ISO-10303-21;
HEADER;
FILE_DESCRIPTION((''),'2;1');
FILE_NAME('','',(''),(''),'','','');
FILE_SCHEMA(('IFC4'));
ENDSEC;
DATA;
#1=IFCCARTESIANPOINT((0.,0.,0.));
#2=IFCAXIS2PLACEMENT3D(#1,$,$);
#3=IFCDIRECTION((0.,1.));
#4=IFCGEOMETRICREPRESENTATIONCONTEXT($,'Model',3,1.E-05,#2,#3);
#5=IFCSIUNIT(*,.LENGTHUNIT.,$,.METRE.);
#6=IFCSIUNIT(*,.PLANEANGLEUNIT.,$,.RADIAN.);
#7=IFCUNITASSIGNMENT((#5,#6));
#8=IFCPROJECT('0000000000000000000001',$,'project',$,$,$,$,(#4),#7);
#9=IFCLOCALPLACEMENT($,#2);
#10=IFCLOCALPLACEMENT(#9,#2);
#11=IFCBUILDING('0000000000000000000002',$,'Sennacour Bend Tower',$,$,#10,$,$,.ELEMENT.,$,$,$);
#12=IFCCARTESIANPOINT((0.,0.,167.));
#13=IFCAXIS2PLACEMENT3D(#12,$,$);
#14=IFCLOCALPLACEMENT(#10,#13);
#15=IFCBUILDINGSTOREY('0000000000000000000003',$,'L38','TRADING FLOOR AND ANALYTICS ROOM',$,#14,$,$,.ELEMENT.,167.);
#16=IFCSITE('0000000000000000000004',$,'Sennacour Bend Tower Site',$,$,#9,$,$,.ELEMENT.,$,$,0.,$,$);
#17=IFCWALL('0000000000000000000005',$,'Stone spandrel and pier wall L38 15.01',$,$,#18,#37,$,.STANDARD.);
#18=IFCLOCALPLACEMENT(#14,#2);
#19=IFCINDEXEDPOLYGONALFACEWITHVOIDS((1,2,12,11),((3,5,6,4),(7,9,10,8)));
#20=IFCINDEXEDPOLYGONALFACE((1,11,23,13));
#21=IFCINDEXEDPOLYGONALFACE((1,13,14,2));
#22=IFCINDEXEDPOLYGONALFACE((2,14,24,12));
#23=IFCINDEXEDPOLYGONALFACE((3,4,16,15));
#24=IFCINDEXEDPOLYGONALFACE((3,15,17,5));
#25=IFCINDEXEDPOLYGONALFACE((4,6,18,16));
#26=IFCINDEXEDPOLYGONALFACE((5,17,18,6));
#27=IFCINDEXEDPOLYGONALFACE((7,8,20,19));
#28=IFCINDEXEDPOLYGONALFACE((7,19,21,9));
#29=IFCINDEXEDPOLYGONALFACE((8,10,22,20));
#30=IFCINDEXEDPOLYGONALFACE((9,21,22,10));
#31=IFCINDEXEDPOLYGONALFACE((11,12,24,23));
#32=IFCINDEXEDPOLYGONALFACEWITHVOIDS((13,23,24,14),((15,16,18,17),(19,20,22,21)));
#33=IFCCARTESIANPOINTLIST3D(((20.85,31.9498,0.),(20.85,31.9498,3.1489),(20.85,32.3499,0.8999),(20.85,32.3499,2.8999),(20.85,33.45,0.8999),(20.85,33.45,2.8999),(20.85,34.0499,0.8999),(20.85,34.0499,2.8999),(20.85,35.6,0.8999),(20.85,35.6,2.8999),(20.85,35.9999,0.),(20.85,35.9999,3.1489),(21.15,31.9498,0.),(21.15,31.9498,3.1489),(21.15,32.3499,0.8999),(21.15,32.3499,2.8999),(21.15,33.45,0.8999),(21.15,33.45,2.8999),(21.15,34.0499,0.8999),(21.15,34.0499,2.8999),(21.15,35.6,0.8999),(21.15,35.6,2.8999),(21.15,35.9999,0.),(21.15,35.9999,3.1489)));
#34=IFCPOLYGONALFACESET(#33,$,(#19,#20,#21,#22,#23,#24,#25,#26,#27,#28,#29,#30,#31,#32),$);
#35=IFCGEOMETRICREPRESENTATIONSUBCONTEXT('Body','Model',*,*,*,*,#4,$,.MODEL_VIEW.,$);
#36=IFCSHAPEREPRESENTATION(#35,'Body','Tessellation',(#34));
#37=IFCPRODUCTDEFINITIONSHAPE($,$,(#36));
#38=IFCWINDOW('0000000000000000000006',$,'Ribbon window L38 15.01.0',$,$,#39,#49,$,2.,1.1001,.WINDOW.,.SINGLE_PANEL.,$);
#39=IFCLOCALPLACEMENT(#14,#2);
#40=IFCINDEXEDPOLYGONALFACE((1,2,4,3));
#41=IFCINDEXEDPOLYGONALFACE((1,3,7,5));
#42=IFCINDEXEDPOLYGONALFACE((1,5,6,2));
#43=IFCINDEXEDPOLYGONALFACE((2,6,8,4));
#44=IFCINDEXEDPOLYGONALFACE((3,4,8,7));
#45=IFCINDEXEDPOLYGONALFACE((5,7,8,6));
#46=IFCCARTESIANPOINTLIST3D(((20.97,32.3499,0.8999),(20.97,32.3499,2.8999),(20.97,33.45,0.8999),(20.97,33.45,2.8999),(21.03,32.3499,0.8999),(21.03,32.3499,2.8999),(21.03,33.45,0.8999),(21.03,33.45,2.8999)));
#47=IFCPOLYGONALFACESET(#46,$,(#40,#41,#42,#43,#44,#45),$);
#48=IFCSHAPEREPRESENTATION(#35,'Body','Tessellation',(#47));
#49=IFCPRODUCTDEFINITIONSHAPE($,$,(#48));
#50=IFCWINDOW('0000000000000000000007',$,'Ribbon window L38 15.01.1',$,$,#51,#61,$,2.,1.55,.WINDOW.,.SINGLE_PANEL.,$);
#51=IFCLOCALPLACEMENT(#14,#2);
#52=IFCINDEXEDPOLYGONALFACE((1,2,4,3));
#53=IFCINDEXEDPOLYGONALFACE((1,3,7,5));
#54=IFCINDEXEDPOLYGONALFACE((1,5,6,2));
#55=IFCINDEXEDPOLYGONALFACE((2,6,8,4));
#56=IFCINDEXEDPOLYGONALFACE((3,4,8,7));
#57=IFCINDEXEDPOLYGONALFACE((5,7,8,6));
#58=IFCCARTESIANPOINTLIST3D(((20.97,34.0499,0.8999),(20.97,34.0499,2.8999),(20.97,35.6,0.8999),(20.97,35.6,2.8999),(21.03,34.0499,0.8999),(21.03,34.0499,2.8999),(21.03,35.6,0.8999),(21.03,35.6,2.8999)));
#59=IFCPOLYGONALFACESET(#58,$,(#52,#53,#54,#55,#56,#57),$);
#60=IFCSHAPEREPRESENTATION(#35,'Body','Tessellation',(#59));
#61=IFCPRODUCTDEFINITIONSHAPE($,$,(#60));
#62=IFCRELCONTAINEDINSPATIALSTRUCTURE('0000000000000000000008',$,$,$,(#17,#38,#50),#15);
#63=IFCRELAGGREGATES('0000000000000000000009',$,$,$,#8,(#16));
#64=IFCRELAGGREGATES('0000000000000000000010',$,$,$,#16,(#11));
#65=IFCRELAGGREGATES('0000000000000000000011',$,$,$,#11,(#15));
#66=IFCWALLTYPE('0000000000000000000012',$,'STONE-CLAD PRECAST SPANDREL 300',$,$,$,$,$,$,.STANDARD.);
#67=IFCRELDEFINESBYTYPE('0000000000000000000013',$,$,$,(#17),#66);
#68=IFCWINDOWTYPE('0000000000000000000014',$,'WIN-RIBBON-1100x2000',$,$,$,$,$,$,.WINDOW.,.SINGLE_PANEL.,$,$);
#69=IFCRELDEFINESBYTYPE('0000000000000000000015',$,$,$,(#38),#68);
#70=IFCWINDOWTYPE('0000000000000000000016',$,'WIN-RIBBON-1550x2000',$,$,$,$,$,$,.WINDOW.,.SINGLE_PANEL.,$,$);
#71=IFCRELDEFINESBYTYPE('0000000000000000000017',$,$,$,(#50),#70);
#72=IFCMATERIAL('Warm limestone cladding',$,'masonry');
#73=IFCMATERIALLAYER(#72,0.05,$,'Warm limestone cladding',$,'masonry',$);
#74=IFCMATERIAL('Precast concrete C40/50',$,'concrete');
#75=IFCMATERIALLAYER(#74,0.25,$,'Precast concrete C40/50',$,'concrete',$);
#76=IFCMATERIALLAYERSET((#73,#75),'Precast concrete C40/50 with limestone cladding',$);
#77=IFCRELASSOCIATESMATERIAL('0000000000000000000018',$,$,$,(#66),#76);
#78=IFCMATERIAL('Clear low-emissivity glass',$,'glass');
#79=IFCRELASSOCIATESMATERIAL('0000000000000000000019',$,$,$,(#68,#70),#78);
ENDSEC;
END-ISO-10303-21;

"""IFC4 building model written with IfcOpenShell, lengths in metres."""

from ifc_helpers import new_model, si_unit, direction, frame, frame_2d, origin, place, context, subcontext, project, spatial, rectangle, extrude, material, layer, layer_set, type_object, element, fill, save


model = new_model("IFC4")

# Units and contexts
model_context = context("Model", 3, precision=1e-05, world=origin(), true_north=direction((0.0, 1.0)))
body_context = subcontext(model_context, "Body", "Model", "MODEL_VIEW")
ifc_project = project(units=[si_unit("LENGTHUNIT", "METRE"), si_unit("PLANEANGLEUNIT", "RADIAN")], contexts=[model_context])

# Site, building, storey
site_placement = place(None, origin())
site = spatial("IfcSite", under=ifc_project, at=site_placement, Name="Sennacour Bend Tower Site", CompositionType="ELEMENT", RefElevation=0.0)
building_placement = place(site_placement, origin())
building = spatial("IfcBuilding", under=site, at=building_placement, Name="Sennacour Bend Tower", CompositionType="ELEMENT")
storey_placement = place(building_placement, frame((0.0, 0.0, 167.0)))
storey = spatial("IfcBuildingStorey", under=building, at=storey_placement, Name="L38", Description="TRADING FLOOR AND ANALYTICS ROOM", CompositionType="ELEMENT", Elevation=167.0)

# Shared definitions
ifc_material_1 = material(Name="Warm limestone cladding", Category="masonry")
ifc_layer_1 = layer(ifc_material_1, 0.05, Name="Warm limestone cladding", Category="masonry")
ifc_material_2 = material(Name="Precast concrete C40/50", Category="concrete")
ifc_layer_2 = layer(ifc_material_2, 0.25, Name="Precast concrete C40/50", Category="concrete")
ifc_layer_set_1 = layer_set([ifc_layer_1, ifc_layer_2], Name="Precast concrete C40/50 with limestone cladding")
wall_type_1 = type_object("IfcWallType", Name="STONE-CLAD PRECAST SPANDREL 300", PredefinedType="STANDARD", material=ifc_layer_set_1)

# Shared definitions
ifc_material_3 = material(Name="Clear low-emissivity glass", Category="glass")

# Wall, openings, windows
wall_1_placement = place(storey_placement, frame((21.0, 31.95, 0.0), z_axis=(0.0, 0.0, 1.0), x_axis=(0.0, 1.0, 0.0)))
wall_1 = element("IfcWall", 1, at=wall_1_placement, inside=storey, type_object=wall_type_1, Name="Stone spandrel and pier wall L38 15.01", PredefinedType="STANDARD", context=body_context, shape_type="SweptSolid", body=[
    extrude(rectangle(XDim=4.05, YDim=0.3, at=frame_2d((2.0249, 0.0))), origin(), (0.0, 0.0, 1.0), 3.1489),
])
opening_1_placement = place(wall_1_placement, frame((0.3999, 0.0, 0.8999)))
opening_1 = element("IfcOpeningElement", 2, at=opening_1_placement, cuts=wall_1, PredefinedType="OPENING", context=body_context, shape_type="SweptSolid", body=[
    extrude(rectangle(XDim=1.1001, YDim=2.0, at=frame_2d((0.55, 1.0))), frame((0.0, 0.1602, 0.0), z_axis=(0.0, -1.0, 0.0), x_axis=(1.0, 0.0, 0.0)), (0.0, 0.0, 1.0), 0.3201),
])
opening_2_placement = place(wall_1_placement, frame((2.1001, 0.0, 0.8999)))
opening_2 = element("IfcOpeningElement", 3, at=opening_2_placement, cuts=wall_1, PredefinedType="OPENING", context=body_context, shape_type="SweptSolid", body=[
    extrude(rectangle(XDim=1.55, YDim=2.0, at=frame_2d((0.7749, 1.0))), frame((0.0, 0.1602, 0.0), z_axis=(0.0, -1.0, 0.0), x_axis=(1.0, 0.0, 0.0)), (0.0, 0.0, 1.0), 0.3201),
])
window_type_1 = type_object("IfcWindowType", Name="WIN-RIBBON-1100x2000", PartitioningType="SINGLE_PANEL", PredefinedType="WINDOW", material=ifc_material_3)
window_1_placement = place(opening_1_placement, origin())
window_1 = element("IfcWindow", 4, at=window_1_placement, inside=storey, type_object=window_type_1, Name="Ribbon window L38 15.01.0", OverallHeight=2.0, OverallWidth=1.1001, PartitioningType="SINGLE_PANEL", PredefinedType="WINDOW", context=body_context, shape_type="SweptSolid", body=[
    extrude(rectangle(XDim=1.1001, YDim=2.0, at=frame_2d((0.55, 1.0))), frame((0.0, 0.03, 0.0), z_axis=(0.0, -1.0, 0.0), x_axis=(1.0, 0.0, 0.0)), (0.0, 0.0, 1.0), 0.0601),
])
fill(opening_1, window_1)
window_type_2 = type_object("IfcWindowType", Name="WIN-RIBBON-1550x2000", PartitioningType="SINGLE_PANEL", PredefinedType="WINDOW", material=ifc_material_3)
window_2_placement = place(opening_2_placement, origin())
window_2 = element("IfcWindow", 5, at=window_2_placement, inside=storey, type_object=window_type_2, Name="Ribbon window L38 15.01.1", OverallHeight=2.0, OverallWidth=1.55, PartitioningType="SINGLE_PANEL", PredefinedType="WINDOW", context=body_context, shape_type="SweptSolid", body=[
    extrude(rectangle(XDim=1.55, YDim=2.0, at=frame_2d((0.7749, 1.0))), frame((0.0, 0.03, 0.0), z_axis=(0.0, -1.0, 0.0), x_axis=(1.0, 0.0, 0.0)), (0.0, 0.0, 1.0), 0.0601),
])
fill(opening_2, window_2)

save(model, "model.ifc")
